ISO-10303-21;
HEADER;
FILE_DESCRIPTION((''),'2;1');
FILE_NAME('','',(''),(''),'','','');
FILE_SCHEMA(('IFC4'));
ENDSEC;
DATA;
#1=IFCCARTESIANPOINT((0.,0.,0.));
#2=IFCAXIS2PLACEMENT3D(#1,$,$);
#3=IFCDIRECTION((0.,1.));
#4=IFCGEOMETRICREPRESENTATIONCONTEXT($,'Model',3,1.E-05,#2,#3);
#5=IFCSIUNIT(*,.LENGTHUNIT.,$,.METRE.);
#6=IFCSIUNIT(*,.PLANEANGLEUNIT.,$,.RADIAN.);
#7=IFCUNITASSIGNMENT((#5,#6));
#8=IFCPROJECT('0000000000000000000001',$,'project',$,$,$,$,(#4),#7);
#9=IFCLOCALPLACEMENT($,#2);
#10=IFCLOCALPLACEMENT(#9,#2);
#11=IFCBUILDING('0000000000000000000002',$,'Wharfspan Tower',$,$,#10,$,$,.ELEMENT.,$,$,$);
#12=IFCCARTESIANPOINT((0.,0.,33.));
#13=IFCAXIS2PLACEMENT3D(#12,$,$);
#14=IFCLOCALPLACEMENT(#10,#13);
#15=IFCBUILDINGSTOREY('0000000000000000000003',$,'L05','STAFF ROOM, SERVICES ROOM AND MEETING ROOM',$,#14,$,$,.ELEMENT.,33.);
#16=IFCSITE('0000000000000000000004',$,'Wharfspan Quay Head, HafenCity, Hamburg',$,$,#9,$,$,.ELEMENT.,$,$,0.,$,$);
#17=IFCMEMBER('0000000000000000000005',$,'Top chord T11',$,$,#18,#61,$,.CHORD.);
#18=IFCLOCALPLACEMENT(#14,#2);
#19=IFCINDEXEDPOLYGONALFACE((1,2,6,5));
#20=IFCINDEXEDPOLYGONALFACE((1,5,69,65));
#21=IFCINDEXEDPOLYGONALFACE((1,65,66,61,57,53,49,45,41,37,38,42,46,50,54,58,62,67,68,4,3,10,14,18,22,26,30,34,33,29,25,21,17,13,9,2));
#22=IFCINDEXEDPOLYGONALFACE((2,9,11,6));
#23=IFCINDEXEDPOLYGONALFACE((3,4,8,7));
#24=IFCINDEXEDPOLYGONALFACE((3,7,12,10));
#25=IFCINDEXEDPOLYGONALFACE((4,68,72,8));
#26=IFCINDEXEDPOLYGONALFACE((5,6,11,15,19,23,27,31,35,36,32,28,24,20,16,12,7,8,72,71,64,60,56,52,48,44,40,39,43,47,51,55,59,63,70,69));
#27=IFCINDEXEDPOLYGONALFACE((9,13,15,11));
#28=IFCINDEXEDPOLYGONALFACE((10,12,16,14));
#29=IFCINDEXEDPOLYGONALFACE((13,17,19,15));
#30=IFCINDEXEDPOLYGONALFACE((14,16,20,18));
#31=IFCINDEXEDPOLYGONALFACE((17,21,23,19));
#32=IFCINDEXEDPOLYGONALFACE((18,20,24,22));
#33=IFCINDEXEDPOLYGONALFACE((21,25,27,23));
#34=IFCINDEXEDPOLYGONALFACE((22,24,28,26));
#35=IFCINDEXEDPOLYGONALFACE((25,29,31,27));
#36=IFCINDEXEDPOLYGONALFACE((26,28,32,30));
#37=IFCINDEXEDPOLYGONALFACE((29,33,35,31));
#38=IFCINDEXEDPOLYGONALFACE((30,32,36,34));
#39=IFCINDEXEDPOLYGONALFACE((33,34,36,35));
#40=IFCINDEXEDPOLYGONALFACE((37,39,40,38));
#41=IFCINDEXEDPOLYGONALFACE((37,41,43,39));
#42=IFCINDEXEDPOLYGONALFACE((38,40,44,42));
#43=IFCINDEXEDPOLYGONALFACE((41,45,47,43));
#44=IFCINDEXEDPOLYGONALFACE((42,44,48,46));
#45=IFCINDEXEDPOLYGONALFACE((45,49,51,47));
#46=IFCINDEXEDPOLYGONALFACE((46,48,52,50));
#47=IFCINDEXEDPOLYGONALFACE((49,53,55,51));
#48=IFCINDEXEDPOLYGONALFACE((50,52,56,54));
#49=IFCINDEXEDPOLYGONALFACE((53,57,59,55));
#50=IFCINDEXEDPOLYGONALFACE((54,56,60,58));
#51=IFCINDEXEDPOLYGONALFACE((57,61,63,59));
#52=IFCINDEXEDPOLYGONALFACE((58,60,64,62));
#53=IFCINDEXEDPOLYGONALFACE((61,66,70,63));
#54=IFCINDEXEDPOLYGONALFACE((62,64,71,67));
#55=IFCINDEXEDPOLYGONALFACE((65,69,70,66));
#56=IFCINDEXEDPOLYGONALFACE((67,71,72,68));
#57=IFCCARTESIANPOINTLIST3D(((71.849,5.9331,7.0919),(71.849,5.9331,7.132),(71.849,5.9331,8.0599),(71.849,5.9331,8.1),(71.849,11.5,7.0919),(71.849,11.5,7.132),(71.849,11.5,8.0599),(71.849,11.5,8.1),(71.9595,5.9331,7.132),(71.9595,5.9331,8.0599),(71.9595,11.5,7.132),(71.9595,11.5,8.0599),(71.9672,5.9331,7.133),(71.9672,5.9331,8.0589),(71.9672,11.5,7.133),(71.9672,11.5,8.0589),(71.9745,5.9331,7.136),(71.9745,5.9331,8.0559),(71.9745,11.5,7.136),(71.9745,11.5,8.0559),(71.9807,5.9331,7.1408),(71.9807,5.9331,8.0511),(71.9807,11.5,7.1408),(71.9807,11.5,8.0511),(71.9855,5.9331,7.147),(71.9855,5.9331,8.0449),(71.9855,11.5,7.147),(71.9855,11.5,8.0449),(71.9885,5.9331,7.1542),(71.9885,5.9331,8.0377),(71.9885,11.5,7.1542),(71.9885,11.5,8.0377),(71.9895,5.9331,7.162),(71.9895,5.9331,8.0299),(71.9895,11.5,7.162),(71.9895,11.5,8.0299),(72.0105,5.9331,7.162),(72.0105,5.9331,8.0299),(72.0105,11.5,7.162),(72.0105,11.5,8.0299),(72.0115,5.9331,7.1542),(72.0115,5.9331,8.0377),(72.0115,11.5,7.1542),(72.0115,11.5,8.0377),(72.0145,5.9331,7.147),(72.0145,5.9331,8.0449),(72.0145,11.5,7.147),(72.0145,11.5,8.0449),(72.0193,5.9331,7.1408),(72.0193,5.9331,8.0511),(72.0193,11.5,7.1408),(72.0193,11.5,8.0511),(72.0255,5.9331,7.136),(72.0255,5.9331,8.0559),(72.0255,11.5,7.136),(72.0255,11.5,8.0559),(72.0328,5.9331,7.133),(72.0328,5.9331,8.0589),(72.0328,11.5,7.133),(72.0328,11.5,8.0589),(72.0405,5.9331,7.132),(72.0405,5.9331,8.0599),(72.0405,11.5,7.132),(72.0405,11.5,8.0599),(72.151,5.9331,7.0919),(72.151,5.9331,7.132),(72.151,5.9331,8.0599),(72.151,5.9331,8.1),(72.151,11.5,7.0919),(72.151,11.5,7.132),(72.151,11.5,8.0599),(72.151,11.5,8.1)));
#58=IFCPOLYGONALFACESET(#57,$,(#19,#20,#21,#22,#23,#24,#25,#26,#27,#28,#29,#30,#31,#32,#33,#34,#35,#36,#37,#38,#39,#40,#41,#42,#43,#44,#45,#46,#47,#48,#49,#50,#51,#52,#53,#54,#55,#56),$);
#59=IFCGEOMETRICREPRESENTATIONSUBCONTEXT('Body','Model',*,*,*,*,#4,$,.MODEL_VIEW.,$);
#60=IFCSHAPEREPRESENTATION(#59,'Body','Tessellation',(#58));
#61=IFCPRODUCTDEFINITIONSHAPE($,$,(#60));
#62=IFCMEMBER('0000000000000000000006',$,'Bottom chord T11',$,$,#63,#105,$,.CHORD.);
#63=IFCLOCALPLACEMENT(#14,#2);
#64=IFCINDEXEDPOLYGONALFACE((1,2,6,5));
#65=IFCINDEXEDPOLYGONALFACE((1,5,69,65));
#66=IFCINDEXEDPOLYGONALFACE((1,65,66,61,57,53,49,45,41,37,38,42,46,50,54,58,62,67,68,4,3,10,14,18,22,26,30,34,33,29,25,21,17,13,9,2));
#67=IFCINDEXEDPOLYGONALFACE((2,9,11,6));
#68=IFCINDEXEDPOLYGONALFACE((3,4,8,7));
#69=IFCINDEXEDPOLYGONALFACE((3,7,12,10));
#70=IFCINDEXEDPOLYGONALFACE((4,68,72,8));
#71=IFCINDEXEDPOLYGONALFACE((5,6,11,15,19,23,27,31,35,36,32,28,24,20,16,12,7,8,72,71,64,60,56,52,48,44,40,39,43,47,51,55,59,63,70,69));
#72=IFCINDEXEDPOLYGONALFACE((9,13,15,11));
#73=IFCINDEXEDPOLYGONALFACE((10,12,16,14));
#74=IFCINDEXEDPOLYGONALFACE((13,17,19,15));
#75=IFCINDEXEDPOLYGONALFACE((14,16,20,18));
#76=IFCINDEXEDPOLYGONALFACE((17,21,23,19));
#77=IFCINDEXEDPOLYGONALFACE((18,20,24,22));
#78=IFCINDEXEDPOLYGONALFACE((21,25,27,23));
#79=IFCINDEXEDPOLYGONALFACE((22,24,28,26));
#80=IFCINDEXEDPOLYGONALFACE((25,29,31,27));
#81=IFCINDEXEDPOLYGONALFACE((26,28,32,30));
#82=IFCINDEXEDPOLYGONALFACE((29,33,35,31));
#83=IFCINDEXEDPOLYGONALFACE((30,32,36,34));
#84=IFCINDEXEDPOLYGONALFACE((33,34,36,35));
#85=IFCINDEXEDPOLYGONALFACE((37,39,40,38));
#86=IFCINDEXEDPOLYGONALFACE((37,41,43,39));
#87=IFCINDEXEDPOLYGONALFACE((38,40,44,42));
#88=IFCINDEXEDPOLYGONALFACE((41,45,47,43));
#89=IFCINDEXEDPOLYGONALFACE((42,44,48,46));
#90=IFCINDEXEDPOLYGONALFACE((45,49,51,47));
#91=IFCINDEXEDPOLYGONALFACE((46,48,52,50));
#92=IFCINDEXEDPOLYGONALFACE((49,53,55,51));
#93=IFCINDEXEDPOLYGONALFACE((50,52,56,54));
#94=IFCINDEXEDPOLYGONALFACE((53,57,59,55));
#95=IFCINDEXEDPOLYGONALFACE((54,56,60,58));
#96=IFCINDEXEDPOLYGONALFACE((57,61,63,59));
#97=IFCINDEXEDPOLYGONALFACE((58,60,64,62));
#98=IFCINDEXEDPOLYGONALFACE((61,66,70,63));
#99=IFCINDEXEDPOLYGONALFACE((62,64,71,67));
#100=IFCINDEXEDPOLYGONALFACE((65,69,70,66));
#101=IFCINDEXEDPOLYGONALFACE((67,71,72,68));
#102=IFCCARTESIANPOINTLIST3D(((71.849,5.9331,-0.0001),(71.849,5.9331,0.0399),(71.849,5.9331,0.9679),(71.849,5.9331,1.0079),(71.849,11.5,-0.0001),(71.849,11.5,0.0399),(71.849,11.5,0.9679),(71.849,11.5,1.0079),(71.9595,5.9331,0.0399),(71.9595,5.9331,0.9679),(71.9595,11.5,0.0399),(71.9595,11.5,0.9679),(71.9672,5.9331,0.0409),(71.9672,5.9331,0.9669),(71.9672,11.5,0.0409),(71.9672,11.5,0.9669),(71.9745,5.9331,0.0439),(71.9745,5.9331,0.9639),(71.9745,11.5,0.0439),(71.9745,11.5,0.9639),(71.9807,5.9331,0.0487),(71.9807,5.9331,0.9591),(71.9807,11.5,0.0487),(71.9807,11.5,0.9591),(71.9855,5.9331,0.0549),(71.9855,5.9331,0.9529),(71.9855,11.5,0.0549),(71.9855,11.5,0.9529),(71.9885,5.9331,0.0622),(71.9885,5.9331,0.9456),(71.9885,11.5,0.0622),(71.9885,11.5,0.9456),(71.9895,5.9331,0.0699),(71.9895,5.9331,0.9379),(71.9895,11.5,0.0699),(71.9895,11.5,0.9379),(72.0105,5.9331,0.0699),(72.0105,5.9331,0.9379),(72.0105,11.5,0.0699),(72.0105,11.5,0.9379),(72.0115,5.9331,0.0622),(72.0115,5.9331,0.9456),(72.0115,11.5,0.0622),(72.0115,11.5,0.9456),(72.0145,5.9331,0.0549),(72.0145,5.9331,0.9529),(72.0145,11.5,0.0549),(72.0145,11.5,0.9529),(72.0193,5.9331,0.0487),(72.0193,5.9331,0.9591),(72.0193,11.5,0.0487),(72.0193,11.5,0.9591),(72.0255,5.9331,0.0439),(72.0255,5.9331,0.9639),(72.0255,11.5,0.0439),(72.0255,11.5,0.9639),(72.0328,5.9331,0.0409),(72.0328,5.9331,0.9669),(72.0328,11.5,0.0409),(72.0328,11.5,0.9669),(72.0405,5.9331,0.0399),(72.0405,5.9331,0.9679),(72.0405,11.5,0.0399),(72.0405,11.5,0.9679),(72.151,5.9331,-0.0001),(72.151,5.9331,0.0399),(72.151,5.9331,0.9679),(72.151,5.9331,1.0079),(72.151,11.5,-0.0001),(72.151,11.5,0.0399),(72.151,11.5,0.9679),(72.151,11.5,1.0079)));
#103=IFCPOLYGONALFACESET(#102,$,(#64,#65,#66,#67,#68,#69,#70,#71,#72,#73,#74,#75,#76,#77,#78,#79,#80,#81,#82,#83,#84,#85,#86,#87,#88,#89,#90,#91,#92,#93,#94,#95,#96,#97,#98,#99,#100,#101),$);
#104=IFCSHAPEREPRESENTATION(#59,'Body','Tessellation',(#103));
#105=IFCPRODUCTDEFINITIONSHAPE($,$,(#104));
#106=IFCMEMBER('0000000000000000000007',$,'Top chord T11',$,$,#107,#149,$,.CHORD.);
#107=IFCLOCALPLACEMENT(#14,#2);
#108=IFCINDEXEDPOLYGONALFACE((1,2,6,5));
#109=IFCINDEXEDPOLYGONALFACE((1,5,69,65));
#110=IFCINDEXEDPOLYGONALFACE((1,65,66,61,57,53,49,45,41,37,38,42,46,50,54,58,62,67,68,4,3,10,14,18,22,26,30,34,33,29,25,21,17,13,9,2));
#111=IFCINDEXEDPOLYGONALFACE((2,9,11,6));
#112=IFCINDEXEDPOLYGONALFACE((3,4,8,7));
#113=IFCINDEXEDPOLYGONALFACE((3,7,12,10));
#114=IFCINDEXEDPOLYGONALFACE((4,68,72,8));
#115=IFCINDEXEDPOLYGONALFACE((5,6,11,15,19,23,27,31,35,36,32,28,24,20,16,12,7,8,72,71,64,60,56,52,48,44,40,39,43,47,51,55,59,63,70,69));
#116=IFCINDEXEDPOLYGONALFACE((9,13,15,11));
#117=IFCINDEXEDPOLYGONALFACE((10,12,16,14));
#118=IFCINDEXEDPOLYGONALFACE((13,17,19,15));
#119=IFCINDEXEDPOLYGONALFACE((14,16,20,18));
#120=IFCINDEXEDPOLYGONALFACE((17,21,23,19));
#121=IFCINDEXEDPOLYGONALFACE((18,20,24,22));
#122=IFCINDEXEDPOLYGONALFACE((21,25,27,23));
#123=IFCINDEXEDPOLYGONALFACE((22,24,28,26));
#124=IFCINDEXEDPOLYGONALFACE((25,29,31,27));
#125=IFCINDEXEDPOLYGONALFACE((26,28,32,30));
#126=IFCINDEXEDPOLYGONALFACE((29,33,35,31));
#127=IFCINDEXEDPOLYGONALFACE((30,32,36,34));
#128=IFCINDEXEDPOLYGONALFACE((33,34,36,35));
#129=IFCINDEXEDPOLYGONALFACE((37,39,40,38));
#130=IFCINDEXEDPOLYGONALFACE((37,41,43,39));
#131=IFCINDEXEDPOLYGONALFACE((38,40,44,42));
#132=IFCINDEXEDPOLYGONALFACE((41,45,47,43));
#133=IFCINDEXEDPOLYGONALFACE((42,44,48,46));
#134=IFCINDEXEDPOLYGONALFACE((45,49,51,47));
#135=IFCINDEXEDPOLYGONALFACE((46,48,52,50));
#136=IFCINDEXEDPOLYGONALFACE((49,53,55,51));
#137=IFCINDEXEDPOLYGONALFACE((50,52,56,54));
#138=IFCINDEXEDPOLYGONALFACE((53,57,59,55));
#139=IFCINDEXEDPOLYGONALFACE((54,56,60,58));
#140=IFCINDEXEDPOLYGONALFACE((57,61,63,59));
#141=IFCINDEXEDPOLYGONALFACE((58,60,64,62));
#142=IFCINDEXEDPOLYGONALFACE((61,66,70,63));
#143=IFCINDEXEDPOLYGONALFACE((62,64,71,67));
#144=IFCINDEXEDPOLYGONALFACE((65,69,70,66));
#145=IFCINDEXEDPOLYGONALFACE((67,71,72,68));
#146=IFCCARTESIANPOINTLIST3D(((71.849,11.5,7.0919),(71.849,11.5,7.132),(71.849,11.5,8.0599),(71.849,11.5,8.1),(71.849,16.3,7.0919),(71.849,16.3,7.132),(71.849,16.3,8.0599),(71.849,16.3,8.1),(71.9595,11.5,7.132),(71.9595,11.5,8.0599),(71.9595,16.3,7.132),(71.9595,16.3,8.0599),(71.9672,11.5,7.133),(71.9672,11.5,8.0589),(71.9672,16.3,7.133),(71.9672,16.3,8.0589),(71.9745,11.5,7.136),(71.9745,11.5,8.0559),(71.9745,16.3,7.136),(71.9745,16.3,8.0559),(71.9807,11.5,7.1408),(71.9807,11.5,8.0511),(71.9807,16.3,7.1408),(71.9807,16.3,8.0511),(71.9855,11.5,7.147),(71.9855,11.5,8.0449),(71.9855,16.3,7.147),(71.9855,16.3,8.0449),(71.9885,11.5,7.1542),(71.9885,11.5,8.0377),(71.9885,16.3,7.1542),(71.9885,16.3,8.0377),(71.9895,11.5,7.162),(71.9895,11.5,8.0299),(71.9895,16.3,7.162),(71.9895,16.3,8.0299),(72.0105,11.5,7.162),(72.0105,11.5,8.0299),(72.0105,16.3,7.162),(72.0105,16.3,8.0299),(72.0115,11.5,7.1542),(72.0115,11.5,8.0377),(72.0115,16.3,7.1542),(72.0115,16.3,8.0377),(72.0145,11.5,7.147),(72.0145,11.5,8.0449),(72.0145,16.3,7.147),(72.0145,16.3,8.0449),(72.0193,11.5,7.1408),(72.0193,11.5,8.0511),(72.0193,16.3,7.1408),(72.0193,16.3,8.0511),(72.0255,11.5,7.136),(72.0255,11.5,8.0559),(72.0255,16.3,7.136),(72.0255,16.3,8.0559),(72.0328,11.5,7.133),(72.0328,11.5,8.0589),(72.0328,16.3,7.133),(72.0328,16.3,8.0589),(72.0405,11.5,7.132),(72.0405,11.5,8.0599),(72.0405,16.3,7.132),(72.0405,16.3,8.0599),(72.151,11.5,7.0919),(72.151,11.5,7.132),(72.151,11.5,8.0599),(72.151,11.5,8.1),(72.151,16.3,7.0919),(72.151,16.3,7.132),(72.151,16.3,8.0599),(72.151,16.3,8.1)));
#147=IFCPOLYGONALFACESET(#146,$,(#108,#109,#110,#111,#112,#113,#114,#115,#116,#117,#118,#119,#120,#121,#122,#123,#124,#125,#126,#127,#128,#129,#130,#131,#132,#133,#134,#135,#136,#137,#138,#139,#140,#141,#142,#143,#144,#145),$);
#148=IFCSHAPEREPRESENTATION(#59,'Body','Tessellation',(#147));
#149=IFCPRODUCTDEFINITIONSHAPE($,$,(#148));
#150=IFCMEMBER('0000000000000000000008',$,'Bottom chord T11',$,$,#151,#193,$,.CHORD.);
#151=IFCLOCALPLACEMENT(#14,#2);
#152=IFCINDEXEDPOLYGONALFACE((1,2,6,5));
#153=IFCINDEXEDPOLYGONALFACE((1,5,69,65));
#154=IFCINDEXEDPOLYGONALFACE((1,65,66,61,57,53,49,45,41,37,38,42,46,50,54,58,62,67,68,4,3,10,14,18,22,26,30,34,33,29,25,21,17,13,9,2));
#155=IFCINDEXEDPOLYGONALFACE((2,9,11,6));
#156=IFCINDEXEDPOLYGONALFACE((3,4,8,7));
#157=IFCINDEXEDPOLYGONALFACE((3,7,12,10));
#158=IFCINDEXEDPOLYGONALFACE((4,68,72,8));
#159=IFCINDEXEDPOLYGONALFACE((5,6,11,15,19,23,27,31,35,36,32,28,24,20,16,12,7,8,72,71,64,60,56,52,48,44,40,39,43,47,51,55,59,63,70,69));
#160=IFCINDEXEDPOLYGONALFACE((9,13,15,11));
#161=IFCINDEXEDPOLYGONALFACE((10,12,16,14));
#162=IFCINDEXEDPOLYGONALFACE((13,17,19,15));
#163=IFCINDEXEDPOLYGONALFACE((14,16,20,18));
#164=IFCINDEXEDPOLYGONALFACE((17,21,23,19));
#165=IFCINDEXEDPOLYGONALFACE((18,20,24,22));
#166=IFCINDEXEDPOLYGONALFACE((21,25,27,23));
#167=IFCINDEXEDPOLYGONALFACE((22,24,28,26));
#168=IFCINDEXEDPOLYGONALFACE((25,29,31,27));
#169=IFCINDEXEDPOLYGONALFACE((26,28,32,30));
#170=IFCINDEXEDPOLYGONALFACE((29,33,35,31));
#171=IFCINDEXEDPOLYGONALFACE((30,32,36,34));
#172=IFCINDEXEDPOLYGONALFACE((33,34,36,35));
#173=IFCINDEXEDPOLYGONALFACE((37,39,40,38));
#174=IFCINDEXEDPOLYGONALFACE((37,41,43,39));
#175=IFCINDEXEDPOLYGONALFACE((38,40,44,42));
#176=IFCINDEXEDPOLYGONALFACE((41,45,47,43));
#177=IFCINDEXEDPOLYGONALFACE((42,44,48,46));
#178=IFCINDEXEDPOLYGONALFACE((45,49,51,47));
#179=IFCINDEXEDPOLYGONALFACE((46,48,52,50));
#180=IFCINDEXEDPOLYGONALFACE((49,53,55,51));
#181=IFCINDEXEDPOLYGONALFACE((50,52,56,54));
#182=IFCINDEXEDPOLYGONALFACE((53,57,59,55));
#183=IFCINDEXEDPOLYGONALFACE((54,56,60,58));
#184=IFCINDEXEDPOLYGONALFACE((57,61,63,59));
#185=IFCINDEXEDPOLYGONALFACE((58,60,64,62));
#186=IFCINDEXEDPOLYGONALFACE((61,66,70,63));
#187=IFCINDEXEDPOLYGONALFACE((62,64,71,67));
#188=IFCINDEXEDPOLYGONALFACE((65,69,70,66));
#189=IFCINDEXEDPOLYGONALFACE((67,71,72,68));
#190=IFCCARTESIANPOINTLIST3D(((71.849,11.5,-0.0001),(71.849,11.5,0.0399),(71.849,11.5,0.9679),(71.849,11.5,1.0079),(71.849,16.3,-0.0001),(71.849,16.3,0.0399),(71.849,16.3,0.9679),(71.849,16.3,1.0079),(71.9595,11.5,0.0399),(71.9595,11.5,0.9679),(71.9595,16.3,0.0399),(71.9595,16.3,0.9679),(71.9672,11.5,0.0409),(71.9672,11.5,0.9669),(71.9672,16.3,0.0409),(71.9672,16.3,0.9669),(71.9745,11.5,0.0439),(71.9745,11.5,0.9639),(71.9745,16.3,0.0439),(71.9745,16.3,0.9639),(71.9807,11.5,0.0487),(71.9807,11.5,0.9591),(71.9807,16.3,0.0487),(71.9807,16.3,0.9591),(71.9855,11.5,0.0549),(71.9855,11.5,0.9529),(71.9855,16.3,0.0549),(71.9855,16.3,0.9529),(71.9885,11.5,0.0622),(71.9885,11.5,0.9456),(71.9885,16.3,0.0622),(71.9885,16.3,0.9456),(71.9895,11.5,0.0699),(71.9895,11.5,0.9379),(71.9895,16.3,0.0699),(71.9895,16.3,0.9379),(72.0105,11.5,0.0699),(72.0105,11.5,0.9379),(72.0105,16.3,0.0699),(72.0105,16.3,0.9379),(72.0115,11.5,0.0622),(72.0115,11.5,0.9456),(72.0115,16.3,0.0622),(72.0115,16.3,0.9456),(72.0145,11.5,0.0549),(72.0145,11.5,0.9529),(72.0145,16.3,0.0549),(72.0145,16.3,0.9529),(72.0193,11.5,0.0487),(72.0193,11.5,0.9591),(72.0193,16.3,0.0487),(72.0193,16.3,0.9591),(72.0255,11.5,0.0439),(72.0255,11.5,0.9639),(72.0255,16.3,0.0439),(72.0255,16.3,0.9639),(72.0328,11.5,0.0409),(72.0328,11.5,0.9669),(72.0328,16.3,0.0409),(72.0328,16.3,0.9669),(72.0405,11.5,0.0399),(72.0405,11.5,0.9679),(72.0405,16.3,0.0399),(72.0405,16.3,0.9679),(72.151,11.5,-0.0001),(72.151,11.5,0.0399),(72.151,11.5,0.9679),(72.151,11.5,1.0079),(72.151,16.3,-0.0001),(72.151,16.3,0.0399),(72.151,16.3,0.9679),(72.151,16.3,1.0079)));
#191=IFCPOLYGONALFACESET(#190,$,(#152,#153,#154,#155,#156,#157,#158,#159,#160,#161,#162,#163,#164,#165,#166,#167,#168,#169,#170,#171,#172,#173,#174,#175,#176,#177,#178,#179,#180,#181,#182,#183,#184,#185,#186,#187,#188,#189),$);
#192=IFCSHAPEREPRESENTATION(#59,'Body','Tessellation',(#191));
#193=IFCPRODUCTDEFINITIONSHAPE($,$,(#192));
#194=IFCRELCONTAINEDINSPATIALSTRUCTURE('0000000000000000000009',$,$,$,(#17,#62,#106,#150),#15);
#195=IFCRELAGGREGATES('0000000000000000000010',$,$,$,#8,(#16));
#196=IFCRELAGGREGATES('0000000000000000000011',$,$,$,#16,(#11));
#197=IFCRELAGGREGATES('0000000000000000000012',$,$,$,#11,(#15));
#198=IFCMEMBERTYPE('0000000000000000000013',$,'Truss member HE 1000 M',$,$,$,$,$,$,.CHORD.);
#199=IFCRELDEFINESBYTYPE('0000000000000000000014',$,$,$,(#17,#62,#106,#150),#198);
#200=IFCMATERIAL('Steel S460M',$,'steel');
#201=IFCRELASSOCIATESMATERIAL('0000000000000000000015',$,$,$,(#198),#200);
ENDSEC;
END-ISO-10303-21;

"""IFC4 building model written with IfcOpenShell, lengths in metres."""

from ifc_helpers import new_model, si_unit, direction, frame, origin, origin_2d, place, context, subcontext, project, spatial, i_section, extrude, material, material_profile, profile_set, type_object, element, save


model = new_model("IFC4")

# Units and contexts
model_context = context("Model", 3, precision=1e-05, world=origin(), true_north=direction((0.0, 1.0)))
body_context = subcontext(model_context, "Body", "Model", "MODEL_VIEW")
ifc_project = project(units=[si_unit("LENGTHUNIT", "METRE"), si_unit("PLANEANGLEUNIT", "RADIAN")], contexts=[model_context])

# Site, building, storey
site_placement = place(None, origin())
site = spatial("IfcSite", under=ifc_project, at=site_placement, Name="Wharfspan Quay Head, HafenCity, Hamburg", CompositionType="ELEMENT", RefElevation=0.0)
building_placement = place(site_placement, origin())
building = spatial("IfcBuilding", under=site, at=building_placement, Name="Wharfspan Tower", CompositionType="ELEMENT")
storey_placement = place(building_placement, frame((0.0, 0.0, 33.0)))
storey = spatial("IfcBuildingStorey", under=building, at=storey_placement, Name="L05", Description="STAFF ROOM, SERVICES ROOM AND MEETING ROOM", CompositionType="ELEMENT", Elevation=33.0)

# Shared definitions
ifc_material_1 = material(Name="Steel S460M", Category="steel")

# Members
ifc_material_profile_1 = material_profile(ifc_material_1, i_section(OverallWidth=0.302, OverallDepth=1.0081, WebThickness=0.021, FlangeThickness=0.04, FilletRadius=0.03, at=origin_2d()))
ifc_profile_set_1 = profile_set([ifc_material_profile_1], Name="Steel S460M")
member_type_1 = type_object("IfcMemberType", Name="Truss member HE 1000 M", PredefinedType="CHORD", material=ifc_profile_set_1)
for number, where, z_axis, x_axis, name in (
    (1, (72.0, 5.9331, 7.5959), (0.0, 1.0, 0.0), (-1.0, 0.0, 0.0), "Top chord T11"),
    (2, (72.0, 5.9331, 0.5039), (0.0, 1.0, 0.0), (-1.0, 0.0, 0.0), "Bottom chord T11"),
):
    element("IfcMember", number, at=place(storey_placement, frame(where, z_axis=z_axis, x_axis=x_axis)), inside=storey, type_object=member_type_1, Name=name, PredefinedType="CHORD", context=body_context, shape_type="SweptSolid", body=[
        extrude(i_section(OverallWidth=0.302, OverallDepth=1.0081, WebThickness=0.021, FlangeThickness=0.04, FilletRadius=0.03, at=origin_2d()), origin(), (0.0, 0.0, 1.0), 5.5669),
    ])
for number, where, z_axis, x_axis, name in (
    (3, (72.0, 11.5, 7.5959), (0.0, 1.0, 0.0), (-1.0, 0.0, 0.0), "Top chord T11"),
    (4, (72.0, 11.5, 0.5039), (0.0, 1.0, 0.0), (-1.0, 0.0, 0.0), "Bottom chord T11"),
):
    element("IfcMember", number, at=place(storey_placement, frame(where, z_axis=z_axis, x_axis=x_axis)), inside=storey, type_object=member_type_1, Name=name, PredefinedType="CHORD", context=body_context, shape_type="SweptSolid", body=[
        extrude(i_section(OverallWidth=0.302, OverallDepth=1.0081, WebThickness=0.021, FlangeThickness=0.04, FilletRadius=0.03, at=origin_2d()), origin(), (0.0, 0.0, 1.0), 4.8),
    ])

save(model, "model.ifc")
